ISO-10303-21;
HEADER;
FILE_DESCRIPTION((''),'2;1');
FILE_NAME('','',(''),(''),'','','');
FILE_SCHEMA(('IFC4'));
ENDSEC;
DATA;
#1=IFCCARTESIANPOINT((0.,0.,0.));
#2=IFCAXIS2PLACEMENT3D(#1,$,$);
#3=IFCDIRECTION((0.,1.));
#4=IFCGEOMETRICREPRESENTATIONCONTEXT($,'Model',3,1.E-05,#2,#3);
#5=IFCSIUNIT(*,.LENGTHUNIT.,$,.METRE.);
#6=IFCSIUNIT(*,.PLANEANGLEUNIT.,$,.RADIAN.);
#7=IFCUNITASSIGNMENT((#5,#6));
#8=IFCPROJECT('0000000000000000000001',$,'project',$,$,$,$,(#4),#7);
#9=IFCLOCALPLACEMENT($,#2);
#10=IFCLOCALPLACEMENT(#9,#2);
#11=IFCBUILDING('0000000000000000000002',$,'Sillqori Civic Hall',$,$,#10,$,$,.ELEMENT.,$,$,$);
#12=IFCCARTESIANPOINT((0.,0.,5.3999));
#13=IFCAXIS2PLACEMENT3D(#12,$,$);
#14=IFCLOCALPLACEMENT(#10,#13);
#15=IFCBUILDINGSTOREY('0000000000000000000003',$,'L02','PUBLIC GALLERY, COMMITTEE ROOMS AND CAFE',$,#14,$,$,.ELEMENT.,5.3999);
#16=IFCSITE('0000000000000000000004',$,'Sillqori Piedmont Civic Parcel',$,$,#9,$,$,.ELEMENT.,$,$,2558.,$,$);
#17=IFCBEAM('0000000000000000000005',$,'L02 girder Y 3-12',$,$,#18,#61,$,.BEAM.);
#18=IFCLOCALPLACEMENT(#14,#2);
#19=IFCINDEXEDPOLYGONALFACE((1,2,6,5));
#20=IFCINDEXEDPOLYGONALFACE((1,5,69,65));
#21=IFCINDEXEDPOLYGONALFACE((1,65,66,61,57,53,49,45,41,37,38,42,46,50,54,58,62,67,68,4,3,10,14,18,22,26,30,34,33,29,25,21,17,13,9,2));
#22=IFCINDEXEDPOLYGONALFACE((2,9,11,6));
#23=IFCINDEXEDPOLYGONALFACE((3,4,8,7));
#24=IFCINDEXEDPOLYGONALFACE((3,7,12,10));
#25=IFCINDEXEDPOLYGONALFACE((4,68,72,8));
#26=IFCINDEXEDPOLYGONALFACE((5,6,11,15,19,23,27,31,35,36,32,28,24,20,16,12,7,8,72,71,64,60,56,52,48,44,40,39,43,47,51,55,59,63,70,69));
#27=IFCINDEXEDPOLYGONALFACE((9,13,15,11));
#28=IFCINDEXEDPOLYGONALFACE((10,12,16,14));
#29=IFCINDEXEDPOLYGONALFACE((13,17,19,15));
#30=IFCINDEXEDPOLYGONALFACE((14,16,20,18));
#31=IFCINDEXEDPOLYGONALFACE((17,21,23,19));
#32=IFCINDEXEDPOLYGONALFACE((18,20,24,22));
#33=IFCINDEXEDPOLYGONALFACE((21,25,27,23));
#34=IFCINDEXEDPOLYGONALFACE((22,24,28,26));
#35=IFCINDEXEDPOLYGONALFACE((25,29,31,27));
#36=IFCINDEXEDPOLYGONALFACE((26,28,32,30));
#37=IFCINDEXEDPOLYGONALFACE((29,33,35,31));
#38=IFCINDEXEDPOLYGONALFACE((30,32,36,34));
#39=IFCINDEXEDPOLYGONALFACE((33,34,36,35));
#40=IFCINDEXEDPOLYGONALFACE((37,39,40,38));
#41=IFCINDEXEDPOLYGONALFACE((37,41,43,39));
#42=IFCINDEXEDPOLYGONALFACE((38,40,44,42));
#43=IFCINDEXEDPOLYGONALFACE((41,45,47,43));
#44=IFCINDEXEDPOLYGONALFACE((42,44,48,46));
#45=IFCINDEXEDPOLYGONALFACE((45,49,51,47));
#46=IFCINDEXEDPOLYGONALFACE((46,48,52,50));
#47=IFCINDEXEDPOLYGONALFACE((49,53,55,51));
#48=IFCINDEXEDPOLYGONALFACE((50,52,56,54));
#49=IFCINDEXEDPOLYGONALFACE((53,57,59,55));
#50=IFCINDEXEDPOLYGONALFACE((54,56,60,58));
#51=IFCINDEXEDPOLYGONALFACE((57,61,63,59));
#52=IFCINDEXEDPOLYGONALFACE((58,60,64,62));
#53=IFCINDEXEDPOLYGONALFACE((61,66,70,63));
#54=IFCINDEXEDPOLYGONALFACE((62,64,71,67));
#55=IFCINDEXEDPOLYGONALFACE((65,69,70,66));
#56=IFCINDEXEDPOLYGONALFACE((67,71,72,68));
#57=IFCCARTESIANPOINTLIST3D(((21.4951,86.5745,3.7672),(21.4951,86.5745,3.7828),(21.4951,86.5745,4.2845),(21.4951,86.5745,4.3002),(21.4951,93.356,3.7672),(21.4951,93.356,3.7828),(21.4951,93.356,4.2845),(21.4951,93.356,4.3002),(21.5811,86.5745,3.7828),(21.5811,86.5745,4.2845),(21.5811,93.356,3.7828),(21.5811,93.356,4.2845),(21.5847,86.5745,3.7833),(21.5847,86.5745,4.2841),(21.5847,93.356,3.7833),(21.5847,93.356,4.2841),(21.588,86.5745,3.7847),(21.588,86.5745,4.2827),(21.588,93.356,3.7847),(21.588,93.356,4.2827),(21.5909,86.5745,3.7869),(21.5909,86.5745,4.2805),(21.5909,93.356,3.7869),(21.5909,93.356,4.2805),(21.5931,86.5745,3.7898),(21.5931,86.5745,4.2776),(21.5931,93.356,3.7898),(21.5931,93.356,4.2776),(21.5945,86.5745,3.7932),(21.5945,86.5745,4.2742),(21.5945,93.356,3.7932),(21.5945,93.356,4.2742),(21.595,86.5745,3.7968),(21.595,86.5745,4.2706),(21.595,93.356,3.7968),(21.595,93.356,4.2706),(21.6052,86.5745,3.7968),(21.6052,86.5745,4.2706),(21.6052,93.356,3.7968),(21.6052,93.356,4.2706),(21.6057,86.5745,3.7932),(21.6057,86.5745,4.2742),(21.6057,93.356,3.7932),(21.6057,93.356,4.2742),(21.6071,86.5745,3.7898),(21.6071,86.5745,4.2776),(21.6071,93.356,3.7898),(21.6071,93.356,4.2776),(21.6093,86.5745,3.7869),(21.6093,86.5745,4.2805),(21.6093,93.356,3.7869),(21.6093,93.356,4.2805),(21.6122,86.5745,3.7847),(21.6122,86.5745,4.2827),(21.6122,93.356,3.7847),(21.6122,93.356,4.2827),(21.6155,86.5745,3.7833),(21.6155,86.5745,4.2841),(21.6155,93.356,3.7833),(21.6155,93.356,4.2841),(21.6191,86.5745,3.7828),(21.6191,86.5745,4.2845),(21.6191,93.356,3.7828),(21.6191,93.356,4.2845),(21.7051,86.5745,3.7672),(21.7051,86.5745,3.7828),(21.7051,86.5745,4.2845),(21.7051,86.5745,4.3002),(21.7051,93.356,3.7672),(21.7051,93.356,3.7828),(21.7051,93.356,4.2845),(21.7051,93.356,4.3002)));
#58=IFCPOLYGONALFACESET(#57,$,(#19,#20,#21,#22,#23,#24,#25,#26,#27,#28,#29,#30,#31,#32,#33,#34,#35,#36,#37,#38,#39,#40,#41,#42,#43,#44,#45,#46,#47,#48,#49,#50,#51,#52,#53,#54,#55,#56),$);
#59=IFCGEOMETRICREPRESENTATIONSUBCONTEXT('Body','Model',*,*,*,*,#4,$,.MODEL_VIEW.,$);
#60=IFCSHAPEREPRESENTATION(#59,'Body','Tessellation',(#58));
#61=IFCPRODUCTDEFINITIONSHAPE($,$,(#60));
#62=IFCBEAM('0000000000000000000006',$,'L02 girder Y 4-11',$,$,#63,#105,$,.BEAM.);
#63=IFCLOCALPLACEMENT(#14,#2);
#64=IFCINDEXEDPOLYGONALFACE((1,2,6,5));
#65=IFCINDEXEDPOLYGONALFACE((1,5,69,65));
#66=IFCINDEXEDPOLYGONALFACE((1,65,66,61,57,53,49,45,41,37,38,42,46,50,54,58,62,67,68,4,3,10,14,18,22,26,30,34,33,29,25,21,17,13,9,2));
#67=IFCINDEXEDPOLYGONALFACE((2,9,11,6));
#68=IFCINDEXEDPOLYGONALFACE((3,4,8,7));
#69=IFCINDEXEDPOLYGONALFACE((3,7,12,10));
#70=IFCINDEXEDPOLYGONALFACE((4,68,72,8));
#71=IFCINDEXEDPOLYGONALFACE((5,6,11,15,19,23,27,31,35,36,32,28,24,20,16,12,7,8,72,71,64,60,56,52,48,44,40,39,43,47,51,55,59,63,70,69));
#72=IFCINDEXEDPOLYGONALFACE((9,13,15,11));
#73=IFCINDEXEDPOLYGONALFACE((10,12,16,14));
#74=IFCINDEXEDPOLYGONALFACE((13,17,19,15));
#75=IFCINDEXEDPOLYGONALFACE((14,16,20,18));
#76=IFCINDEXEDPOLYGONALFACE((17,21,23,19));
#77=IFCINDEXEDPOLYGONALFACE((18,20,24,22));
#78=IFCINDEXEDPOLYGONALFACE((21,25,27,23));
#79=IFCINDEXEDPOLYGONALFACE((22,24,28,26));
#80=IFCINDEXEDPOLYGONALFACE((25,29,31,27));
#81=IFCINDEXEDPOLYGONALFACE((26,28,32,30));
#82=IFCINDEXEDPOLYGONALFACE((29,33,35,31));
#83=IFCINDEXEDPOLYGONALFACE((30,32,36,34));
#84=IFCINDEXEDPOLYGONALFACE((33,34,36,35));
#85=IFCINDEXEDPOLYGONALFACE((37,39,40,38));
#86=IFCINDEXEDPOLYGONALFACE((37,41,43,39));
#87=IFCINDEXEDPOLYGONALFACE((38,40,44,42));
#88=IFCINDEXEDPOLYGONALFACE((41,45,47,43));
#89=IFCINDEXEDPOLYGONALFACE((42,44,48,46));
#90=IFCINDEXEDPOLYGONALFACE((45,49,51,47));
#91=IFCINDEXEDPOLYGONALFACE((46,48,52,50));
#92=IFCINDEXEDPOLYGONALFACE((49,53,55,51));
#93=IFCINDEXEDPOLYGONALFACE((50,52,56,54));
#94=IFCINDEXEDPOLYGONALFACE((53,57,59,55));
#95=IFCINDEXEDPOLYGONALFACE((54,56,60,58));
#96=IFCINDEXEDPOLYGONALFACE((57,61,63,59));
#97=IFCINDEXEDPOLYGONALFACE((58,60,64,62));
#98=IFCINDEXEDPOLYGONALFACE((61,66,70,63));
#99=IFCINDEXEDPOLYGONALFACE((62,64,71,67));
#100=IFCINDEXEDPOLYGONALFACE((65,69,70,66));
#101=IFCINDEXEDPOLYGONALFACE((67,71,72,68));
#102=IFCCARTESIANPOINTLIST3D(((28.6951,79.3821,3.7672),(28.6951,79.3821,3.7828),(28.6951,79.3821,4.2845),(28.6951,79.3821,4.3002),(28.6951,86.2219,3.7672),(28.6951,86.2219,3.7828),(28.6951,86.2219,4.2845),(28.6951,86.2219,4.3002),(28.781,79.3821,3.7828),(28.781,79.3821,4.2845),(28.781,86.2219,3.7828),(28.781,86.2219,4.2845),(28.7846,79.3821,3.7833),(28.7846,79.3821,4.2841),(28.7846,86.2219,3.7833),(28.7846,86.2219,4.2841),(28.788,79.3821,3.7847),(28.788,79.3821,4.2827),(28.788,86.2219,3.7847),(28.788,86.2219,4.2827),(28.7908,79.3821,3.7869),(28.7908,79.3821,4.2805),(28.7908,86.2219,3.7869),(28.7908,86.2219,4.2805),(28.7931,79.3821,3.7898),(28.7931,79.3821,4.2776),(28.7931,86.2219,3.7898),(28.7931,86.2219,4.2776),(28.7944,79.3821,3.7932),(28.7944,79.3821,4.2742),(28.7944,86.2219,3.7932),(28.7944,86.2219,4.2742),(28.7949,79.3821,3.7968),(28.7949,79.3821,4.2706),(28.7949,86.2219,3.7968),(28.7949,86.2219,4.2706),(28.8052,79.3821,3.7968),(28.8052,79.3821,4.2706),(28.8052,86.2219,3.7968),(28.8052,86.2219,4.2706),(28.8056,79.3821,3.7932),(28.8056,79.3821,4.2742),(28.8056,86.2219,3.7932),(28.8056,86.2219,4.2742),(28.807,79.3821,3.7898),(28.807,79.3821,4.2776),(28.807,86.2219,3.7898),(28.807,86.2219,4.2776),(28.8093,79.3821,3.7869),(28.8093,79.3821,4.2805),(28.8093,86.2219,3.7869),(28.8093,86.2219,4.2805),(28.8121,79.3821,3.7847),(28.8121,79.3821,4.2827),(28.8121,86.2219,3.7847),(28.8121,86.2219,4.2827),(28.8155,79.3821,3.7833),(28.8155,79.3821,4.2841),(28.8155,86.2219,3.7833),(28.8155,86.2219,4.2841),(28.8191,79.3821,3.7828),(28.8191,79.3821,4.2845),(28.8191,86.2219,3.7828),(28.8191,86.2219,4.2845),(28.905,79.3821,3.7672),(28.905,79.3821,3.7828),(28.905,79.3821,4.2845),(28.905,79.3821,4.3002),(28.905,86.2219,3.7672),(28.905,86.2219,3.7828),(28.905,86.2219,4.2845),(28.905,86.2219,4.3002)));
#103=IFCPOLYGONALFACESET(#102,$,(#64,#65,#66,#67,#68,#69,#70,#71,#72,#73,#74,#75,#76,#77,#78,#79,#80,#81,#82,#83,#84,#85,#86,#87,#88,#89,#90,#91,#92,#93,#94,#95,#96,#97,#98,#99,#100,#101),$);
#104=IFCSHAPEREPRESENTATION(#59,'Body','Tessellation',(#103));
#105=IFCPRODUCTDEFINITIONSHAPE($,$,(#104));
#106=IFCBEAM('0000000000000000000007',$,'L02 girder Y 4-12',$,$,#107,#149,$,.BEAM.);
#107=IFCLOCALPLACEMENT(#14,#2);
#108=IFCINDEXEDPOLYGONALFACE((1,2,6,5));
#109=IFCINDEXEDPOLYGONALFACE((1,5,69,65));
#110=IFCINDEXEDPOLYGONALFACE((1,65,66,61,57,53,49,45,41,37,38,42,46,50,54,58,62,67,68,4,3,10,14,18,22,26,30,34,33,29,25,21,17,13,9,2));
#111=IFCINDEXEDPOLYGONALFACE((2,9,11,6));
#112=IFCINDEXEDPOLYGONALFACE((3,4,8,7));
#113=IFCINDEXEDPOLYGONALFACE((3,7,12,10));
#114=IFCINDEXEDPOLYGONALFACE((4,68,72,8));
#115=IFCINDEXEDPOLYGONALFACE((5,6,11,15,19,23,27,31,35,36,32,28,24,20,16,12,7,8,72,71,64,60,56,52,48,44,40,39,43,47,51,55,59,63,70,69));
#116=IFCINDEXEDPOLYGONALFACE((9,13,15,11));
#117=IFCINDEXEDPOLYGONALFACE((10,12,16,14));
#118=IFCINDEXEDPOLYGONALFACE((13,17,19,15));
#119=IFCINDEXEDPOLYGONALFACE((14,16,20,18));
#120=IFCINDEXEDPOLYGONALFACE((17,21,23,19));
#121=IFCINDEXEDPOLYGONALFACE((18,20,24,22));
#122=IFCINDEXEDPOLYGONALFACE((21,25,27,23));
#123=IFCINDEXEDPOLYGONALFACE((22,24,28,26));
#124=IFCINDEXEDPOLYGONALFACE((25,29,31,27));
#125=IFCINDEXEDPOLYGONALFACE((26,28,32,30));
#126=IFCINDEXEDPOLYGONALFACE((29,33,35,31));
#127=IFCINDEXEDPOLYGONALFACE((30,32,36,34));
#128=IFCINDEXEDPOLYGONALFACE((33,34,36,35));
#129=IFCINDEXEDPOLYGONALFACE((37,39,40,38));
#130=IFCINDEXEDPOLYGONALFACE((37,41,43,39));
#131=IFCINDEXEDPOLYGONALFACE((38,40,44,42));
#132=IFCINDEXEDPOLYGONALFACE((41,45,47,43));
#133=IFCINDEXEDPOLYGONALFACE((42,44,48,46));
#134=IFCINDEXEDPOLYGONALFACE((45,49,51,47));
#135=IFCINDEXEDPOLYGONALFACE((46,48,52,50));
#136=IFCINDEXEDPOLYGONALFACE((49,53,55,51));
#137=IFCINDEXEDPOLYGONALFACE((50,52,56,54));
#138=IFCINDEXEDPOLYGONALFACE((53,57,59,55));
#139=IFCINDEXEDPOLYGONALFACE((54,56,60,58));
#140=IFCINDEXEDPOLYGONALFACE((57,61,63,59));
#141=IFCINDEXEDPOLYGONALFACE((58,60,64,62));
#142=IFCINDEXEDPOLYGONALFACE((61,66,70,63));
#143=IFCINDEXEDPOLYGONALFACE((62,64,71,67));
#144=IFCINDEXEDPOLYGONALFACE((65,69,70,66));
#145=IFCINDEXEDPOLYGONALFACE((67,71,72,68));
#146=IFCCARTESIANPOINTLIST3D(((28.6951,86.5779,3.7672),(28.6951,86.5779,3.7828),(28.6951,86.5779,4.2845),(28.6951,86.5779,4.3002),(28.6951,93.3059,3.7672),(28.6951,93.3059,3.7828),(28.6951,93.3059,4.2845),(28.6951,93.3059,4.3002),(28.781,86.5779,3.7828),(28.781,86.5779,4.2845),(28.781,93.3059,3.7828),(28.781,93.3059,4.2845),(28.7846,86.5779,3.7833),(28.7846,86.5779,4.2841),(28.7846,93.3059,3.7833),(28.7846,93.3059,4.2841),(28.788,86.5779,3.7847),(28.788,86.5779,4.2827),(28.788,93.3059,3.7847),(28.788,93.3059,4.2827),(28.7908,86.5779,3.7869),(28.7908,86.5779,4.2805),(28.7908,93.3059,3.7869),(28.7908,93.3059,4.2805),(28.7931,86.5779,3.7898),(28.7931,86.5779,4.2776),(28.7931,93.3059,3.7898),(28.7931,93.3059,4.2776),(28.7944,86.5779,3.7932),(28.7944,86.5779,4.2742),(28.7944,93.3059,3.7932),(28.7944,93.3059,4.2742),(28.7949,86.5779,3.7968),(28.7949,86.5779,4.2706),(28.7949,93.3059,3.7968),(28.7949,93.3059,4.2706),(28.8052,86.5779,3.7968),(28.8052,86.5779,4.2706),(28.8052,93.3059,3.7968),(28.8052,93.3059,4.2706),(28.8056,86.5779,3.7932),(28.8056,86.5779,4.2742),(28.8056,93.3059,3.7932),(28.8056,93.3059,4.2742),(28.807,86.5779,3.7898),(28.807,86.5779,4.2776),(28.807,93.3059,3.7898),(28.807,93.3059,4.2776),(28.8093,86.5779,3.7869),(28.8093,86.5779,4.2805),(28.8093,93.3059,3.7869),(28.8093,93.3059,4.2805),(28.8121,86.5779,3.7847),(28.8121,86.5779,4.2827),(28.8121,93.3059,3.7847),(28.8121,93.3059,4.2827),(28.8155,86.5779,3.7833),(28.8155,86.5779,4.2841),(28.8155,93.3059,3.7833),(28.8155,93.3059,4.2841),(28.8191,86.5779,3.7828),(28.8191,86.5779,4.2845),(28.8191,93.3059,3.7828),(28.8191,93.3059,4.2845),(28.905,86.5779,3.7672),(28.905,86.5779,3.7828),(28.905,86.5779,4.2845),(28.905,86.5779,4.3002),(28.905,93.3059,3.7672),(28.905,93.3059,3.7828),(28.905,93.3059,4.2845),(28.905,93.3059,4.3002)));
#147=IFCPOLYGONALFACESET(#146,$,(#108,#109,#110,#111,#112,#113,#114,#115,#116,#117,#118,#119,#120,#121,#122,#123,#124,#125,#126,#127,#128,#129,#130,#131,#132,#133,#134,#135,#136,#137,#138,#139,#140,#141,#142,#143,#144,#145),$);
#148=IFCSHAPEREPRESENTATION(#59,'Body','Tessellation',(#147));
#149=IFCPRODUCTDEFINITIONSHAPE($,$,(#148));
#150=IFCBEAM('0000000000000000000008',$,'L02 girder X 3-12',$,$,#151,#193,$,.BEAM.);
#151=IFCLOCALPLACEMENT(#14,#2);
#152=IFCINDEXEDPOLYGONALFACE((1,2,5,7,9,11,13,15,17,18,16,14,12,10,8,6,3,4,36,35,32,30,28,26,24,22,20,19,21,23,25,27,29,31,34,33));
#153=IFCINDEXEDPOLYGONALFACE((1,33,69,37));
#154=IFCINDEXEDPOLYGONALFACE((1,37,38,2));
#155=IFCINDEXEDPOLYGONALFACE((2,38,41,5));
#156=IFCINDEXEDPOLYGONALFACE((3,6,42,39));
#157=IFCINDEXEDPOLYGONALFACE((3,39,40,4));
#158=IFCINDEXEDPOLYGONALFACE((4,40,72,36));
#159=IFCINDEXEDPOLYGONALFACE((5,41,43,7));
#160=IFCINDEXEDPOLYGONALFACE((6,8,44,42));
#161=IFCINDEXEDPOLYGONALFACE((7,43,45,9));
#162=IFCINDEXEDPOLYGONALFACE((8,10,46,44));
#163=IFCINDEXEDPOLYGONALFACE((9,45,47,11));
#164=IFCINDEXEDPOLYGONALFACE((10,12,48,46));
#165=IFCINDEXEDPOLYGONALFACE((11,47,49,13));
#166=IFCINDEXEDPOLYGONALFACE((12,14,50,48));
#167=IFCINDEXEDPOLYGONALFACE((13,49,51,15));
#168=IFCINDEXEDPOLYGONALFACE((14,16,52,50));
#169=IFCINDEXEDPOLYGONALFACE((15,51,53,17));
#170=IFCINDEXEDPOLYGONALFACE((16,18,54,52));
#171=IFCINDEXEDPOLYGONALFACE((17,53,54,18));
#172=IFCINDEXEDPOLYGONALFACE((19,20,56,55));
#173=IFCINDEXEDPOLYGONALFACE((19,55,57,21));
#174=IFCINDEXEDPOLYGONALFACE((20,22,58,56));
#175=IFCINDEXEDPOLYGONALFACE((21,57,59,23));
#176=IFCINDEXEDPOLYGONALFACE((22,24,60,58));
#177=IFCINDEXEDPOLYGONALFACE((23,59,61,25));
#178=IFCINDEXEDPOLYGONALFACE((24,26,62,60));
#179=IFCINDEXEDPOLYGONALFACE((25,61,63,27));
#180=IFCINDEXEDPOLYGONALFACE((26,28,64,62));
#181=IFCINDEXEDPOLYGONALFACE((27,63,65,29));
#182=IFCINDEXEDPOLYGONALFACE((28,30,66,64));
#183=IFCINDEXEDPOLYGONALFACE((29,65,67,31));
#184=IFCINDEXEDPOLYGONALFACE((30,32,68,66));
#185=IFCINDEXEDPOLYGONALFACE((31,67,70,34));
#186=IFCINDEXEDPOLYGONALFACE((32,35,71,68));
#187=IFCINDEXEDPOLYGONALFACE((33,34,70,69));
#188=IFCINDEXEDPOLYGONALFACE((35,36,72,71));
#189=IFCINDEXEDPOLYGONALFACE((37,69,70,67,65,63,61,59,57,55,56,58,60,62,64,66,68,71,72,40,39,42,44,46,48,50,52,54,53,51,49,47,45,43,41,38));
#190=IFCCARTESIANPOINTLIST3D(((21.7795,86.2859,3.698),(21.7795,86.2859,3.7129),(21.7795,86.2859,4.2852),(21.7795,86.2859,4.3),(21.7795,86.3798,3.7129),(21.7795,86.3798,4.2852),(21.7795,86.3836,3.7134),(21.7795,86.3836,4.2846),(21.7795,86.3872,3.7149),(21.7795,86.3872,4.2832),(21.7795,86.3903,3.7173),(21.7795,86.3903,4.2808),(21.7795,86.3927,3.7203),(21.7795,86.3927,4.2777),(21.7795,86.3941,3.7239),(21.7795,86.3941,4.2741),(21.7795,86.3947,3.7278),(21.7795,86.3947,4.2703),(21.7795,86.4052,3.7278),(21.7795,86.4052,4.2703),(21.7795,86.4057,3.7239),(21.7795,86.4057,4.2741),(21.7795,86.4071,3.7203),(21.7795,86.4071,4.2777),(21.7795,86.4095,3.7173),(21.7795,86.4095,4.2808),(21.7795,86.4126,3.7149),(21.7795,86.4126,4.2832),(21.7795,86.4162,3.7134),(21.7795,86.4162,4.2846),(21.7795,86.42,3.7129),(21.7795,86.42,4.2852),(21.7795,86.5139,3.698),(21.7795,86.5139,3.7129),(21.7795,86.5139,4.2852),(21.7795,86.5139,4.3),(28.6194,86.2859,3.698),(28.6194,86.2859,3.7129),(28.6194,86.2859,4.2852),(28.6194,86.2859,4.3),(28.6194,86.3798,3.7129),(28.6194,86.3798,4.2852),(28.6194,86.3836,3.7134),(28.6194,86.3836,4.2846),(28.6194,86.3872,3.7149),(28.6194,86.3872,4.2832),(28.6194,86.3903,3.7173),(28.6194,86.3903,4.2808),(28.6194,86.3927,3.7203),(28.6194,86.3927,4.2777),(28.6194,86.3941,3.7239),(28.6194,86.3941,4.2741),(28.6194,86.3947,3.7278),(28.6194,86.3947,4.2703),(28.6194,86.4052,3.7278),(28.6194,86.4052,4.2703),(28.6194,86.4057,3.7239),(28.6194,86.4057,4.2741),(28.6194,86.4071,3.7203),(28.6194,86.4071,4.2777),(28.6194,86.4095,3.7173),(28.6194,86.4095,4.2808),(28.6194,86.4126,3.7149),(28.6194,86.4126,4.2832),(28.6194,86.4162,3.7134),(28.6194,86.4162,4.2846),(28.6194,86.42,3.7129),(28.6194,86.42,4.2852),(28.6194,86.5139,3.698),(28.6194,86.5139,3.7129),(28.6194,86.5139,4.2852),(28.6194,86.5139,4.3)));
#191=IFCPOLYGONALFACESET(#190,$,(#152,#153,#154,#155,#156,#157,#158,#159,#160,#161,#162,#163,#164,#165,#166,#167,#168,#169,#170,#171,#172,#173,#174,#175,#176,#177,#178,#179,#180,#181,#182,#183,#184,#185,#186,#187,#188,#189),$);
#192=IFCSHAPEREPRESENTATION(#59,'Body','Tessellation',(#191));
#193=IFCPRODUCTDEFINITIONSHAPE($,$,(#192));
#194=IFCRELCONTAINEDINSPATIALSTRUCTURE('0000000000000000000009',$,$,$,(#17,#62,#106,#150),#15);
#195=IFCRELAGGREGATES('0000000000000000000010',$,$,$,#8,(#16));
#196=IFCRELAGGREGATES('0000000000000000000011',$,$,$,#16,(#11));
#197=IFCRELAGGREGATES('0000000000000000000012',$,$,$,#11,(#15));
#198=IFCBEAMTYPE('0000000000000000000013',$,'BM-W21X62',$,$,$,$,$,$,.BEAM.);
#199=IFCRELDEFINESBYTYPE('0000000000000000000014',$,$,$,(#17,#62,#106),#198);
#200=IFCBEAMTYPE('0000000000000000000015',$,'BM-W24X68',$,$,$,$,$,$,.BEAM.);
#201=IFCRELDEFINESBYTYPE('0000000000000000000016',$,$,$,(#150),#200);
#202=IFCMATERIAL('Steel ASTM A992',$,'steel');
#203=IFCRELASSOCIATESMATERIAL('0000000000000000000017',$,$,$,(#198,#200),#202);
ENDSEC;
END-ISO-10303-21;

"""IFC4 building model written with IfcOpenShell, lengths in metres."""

from ifc_helpers import new_model, si_unit, direction, frame, origin, origin_2d, place, context, subcontext, project, spatial, i_section, extrude, material, material_profile, profile_set, type_object, element, save


model = new_model("IFC4")

# Units and contexts
model_context = context("Model", 3, precision=1e-05, world=origin(), true_north=direction((0.0, 1.0)))
body_context = subcontext(model_context, "Body", "Model", "MODEL_VIEW")
ifc_project = project(units=[si_unit("LENGTHUNIT", "METRE"), si_unit("PLANEANGLEUNIT", "RADIAN")], contexts=[model_context])

# Site, building, storey
site_placement = place(None, origin())
site = spatial("IfcSite", under=ifc_project, at=site_placement, Name="Sillqori Piedmont Civic Parcel", CompositionType="ELEMENT", RefElevation=2558.0)
building_placement = place(site_placement, origin())
building = spatial("IfcBuilding", under=site, at=building_placement, Name="Sillqori Civic Hall", CompositionType="ELEMENT")
storey_placement = place(building_placement, frame((0.0, 0.0, 5.3999)))
storey = spatial("IfcBuildingStorey", under=building, at=storey_placement, Name="L02", Description="PUBLIC GALLERY, COMMITTEE ROOMS AND CAFE", CompositionType="ELEMENT", Elevation=5.3999)

# Shared definitions
ifc_material_1 = material(Name="Steel ASTM A992", Category="steel")

# Beams
ifc_material_profile_1 = material_profile(ifc_material_1, i_section(OverallWidth=0.21, OverallDepth=0.533, WebThickness=0.0103, FlangeThickness=0.0156, FilletRadius=0.0139, at=origin_2d()), Name="W21X62")
ifc_profile_set_1 = profile_set([ifc_material_profile_1], Name="Steel ASTM A992")
beam_type_1 = type_object("IfcBeamType", Name="BM-W21X62", PredefinedType="BEAM", material=ifc_profile_set_1)
beam_1_placement = place(storey_placement, frame((21.6001, 86.5745, 4.0337), z_axis=(0.0, 1.0, 0.0), x_axis=(-1.0, 0.0, 0.0)))
element("IfcBeam", 1, at=beam_1_placement, inside=storey, type_object=beam_type_1, Name="L02 girder Y 3-12", PredefinedType="BEAM", context=body_context, shape_type="SweptSolid", body=[
    extrude(i_section(OverallWidth=0.21, OverallDepth=0.533, WebThickness=0.0103, FlangeThickness=0.0156, FilletRadius=0.0139, at=origin_2d()), origin(), (0.0, 0.0, 1.0), 6.7815),
])
beam_2_placement = place(storey_placement, frame((28.8, 79.3821, 4.0337), z_axis=(0.0, 1.0, 0.0), x_axis=(-1.0, 0.0, 0.0)))
element("IfcBeam", 2, at=beam_2_placement, inside=storey, type_object=beam_type_1, Name="L02 girder Y 4-11", PredefinedType="BEAM", context=body_context, shape_type="SweptSolid", body=[
    extrude(i_section(OverallWidth=0.21, OverallDepth=0.533, WebThickness=0.0103, FlangeThickness=0.0156, FilletRadius=0.0139, at=origin_2d()), origin(), (0.0, 0.0, 1.0), 6.8398),
])
beam_3_placement = place(storey_placement, frame((28.8, 86.5779, 4.0337), z_axis=(0.0, 1.0, 0.0), x_axis=(-1.0, 0.0, 0.0)))
element("IfcBeam", 3, at=beam_3_placement, inside=storey, type_object=beam_type_1, Name="L02 girder Y 4-12", PredefinedType="BEAM", context=body_context, shape_type="SweptSolid", body=[
    extrude(i_section(OverallWidth=0.21, OverallDepth=0.533, WebThickness=0.0103, FlangeThickness=0.0156, FilletRadius=0.0139, at=origin_2d()), origin(), (0.0, 0.0, 1.0), 6.728),
])
ifc_material_profile_2 = material_profile(ifc_material_1, i_section(OverallWidth=0.228, OverallDepth=0.6021, WebThickness=0.0105, FlangeThickness=0.0149, FilletRadius=0.0149, at=origin_2d()), Name="W24X68")
ifc_profile_set_2 = profile_set([ifc_material_profile_2], Name="Steel ASTM A992")
beam_type_2 = type_object("IfcBeamType", Name="BM-W24X68", PredefinedType="BEAM", material=ifc_profile_set_2)
beam_4_placement = place(storey_placement, frame((21.7795, 86.3999, 3.999), z_axis=(1.0, 0.0, 0.0), x_axis=(0.0, 1.0, 0.0)))
element("IfcBeam", 4, at=beam_4_placement, inside=storey, type_object=beam_type_2, Name="L02 girder X 3-12", PredefinedType="BEAM", context=body_context, shape_type="SweptSolid", body=[
    extrude(i_section(OverallWidth=0.228, OverallDepth=0.6021, WebThickness=0.0105, FlangeThickness=0.0149, FilletRadius=0.0149, at=origin_2d()), origin(), (0.0, 0.0, 1.0), 6.8398),
])

save(model, "model.ifc")
